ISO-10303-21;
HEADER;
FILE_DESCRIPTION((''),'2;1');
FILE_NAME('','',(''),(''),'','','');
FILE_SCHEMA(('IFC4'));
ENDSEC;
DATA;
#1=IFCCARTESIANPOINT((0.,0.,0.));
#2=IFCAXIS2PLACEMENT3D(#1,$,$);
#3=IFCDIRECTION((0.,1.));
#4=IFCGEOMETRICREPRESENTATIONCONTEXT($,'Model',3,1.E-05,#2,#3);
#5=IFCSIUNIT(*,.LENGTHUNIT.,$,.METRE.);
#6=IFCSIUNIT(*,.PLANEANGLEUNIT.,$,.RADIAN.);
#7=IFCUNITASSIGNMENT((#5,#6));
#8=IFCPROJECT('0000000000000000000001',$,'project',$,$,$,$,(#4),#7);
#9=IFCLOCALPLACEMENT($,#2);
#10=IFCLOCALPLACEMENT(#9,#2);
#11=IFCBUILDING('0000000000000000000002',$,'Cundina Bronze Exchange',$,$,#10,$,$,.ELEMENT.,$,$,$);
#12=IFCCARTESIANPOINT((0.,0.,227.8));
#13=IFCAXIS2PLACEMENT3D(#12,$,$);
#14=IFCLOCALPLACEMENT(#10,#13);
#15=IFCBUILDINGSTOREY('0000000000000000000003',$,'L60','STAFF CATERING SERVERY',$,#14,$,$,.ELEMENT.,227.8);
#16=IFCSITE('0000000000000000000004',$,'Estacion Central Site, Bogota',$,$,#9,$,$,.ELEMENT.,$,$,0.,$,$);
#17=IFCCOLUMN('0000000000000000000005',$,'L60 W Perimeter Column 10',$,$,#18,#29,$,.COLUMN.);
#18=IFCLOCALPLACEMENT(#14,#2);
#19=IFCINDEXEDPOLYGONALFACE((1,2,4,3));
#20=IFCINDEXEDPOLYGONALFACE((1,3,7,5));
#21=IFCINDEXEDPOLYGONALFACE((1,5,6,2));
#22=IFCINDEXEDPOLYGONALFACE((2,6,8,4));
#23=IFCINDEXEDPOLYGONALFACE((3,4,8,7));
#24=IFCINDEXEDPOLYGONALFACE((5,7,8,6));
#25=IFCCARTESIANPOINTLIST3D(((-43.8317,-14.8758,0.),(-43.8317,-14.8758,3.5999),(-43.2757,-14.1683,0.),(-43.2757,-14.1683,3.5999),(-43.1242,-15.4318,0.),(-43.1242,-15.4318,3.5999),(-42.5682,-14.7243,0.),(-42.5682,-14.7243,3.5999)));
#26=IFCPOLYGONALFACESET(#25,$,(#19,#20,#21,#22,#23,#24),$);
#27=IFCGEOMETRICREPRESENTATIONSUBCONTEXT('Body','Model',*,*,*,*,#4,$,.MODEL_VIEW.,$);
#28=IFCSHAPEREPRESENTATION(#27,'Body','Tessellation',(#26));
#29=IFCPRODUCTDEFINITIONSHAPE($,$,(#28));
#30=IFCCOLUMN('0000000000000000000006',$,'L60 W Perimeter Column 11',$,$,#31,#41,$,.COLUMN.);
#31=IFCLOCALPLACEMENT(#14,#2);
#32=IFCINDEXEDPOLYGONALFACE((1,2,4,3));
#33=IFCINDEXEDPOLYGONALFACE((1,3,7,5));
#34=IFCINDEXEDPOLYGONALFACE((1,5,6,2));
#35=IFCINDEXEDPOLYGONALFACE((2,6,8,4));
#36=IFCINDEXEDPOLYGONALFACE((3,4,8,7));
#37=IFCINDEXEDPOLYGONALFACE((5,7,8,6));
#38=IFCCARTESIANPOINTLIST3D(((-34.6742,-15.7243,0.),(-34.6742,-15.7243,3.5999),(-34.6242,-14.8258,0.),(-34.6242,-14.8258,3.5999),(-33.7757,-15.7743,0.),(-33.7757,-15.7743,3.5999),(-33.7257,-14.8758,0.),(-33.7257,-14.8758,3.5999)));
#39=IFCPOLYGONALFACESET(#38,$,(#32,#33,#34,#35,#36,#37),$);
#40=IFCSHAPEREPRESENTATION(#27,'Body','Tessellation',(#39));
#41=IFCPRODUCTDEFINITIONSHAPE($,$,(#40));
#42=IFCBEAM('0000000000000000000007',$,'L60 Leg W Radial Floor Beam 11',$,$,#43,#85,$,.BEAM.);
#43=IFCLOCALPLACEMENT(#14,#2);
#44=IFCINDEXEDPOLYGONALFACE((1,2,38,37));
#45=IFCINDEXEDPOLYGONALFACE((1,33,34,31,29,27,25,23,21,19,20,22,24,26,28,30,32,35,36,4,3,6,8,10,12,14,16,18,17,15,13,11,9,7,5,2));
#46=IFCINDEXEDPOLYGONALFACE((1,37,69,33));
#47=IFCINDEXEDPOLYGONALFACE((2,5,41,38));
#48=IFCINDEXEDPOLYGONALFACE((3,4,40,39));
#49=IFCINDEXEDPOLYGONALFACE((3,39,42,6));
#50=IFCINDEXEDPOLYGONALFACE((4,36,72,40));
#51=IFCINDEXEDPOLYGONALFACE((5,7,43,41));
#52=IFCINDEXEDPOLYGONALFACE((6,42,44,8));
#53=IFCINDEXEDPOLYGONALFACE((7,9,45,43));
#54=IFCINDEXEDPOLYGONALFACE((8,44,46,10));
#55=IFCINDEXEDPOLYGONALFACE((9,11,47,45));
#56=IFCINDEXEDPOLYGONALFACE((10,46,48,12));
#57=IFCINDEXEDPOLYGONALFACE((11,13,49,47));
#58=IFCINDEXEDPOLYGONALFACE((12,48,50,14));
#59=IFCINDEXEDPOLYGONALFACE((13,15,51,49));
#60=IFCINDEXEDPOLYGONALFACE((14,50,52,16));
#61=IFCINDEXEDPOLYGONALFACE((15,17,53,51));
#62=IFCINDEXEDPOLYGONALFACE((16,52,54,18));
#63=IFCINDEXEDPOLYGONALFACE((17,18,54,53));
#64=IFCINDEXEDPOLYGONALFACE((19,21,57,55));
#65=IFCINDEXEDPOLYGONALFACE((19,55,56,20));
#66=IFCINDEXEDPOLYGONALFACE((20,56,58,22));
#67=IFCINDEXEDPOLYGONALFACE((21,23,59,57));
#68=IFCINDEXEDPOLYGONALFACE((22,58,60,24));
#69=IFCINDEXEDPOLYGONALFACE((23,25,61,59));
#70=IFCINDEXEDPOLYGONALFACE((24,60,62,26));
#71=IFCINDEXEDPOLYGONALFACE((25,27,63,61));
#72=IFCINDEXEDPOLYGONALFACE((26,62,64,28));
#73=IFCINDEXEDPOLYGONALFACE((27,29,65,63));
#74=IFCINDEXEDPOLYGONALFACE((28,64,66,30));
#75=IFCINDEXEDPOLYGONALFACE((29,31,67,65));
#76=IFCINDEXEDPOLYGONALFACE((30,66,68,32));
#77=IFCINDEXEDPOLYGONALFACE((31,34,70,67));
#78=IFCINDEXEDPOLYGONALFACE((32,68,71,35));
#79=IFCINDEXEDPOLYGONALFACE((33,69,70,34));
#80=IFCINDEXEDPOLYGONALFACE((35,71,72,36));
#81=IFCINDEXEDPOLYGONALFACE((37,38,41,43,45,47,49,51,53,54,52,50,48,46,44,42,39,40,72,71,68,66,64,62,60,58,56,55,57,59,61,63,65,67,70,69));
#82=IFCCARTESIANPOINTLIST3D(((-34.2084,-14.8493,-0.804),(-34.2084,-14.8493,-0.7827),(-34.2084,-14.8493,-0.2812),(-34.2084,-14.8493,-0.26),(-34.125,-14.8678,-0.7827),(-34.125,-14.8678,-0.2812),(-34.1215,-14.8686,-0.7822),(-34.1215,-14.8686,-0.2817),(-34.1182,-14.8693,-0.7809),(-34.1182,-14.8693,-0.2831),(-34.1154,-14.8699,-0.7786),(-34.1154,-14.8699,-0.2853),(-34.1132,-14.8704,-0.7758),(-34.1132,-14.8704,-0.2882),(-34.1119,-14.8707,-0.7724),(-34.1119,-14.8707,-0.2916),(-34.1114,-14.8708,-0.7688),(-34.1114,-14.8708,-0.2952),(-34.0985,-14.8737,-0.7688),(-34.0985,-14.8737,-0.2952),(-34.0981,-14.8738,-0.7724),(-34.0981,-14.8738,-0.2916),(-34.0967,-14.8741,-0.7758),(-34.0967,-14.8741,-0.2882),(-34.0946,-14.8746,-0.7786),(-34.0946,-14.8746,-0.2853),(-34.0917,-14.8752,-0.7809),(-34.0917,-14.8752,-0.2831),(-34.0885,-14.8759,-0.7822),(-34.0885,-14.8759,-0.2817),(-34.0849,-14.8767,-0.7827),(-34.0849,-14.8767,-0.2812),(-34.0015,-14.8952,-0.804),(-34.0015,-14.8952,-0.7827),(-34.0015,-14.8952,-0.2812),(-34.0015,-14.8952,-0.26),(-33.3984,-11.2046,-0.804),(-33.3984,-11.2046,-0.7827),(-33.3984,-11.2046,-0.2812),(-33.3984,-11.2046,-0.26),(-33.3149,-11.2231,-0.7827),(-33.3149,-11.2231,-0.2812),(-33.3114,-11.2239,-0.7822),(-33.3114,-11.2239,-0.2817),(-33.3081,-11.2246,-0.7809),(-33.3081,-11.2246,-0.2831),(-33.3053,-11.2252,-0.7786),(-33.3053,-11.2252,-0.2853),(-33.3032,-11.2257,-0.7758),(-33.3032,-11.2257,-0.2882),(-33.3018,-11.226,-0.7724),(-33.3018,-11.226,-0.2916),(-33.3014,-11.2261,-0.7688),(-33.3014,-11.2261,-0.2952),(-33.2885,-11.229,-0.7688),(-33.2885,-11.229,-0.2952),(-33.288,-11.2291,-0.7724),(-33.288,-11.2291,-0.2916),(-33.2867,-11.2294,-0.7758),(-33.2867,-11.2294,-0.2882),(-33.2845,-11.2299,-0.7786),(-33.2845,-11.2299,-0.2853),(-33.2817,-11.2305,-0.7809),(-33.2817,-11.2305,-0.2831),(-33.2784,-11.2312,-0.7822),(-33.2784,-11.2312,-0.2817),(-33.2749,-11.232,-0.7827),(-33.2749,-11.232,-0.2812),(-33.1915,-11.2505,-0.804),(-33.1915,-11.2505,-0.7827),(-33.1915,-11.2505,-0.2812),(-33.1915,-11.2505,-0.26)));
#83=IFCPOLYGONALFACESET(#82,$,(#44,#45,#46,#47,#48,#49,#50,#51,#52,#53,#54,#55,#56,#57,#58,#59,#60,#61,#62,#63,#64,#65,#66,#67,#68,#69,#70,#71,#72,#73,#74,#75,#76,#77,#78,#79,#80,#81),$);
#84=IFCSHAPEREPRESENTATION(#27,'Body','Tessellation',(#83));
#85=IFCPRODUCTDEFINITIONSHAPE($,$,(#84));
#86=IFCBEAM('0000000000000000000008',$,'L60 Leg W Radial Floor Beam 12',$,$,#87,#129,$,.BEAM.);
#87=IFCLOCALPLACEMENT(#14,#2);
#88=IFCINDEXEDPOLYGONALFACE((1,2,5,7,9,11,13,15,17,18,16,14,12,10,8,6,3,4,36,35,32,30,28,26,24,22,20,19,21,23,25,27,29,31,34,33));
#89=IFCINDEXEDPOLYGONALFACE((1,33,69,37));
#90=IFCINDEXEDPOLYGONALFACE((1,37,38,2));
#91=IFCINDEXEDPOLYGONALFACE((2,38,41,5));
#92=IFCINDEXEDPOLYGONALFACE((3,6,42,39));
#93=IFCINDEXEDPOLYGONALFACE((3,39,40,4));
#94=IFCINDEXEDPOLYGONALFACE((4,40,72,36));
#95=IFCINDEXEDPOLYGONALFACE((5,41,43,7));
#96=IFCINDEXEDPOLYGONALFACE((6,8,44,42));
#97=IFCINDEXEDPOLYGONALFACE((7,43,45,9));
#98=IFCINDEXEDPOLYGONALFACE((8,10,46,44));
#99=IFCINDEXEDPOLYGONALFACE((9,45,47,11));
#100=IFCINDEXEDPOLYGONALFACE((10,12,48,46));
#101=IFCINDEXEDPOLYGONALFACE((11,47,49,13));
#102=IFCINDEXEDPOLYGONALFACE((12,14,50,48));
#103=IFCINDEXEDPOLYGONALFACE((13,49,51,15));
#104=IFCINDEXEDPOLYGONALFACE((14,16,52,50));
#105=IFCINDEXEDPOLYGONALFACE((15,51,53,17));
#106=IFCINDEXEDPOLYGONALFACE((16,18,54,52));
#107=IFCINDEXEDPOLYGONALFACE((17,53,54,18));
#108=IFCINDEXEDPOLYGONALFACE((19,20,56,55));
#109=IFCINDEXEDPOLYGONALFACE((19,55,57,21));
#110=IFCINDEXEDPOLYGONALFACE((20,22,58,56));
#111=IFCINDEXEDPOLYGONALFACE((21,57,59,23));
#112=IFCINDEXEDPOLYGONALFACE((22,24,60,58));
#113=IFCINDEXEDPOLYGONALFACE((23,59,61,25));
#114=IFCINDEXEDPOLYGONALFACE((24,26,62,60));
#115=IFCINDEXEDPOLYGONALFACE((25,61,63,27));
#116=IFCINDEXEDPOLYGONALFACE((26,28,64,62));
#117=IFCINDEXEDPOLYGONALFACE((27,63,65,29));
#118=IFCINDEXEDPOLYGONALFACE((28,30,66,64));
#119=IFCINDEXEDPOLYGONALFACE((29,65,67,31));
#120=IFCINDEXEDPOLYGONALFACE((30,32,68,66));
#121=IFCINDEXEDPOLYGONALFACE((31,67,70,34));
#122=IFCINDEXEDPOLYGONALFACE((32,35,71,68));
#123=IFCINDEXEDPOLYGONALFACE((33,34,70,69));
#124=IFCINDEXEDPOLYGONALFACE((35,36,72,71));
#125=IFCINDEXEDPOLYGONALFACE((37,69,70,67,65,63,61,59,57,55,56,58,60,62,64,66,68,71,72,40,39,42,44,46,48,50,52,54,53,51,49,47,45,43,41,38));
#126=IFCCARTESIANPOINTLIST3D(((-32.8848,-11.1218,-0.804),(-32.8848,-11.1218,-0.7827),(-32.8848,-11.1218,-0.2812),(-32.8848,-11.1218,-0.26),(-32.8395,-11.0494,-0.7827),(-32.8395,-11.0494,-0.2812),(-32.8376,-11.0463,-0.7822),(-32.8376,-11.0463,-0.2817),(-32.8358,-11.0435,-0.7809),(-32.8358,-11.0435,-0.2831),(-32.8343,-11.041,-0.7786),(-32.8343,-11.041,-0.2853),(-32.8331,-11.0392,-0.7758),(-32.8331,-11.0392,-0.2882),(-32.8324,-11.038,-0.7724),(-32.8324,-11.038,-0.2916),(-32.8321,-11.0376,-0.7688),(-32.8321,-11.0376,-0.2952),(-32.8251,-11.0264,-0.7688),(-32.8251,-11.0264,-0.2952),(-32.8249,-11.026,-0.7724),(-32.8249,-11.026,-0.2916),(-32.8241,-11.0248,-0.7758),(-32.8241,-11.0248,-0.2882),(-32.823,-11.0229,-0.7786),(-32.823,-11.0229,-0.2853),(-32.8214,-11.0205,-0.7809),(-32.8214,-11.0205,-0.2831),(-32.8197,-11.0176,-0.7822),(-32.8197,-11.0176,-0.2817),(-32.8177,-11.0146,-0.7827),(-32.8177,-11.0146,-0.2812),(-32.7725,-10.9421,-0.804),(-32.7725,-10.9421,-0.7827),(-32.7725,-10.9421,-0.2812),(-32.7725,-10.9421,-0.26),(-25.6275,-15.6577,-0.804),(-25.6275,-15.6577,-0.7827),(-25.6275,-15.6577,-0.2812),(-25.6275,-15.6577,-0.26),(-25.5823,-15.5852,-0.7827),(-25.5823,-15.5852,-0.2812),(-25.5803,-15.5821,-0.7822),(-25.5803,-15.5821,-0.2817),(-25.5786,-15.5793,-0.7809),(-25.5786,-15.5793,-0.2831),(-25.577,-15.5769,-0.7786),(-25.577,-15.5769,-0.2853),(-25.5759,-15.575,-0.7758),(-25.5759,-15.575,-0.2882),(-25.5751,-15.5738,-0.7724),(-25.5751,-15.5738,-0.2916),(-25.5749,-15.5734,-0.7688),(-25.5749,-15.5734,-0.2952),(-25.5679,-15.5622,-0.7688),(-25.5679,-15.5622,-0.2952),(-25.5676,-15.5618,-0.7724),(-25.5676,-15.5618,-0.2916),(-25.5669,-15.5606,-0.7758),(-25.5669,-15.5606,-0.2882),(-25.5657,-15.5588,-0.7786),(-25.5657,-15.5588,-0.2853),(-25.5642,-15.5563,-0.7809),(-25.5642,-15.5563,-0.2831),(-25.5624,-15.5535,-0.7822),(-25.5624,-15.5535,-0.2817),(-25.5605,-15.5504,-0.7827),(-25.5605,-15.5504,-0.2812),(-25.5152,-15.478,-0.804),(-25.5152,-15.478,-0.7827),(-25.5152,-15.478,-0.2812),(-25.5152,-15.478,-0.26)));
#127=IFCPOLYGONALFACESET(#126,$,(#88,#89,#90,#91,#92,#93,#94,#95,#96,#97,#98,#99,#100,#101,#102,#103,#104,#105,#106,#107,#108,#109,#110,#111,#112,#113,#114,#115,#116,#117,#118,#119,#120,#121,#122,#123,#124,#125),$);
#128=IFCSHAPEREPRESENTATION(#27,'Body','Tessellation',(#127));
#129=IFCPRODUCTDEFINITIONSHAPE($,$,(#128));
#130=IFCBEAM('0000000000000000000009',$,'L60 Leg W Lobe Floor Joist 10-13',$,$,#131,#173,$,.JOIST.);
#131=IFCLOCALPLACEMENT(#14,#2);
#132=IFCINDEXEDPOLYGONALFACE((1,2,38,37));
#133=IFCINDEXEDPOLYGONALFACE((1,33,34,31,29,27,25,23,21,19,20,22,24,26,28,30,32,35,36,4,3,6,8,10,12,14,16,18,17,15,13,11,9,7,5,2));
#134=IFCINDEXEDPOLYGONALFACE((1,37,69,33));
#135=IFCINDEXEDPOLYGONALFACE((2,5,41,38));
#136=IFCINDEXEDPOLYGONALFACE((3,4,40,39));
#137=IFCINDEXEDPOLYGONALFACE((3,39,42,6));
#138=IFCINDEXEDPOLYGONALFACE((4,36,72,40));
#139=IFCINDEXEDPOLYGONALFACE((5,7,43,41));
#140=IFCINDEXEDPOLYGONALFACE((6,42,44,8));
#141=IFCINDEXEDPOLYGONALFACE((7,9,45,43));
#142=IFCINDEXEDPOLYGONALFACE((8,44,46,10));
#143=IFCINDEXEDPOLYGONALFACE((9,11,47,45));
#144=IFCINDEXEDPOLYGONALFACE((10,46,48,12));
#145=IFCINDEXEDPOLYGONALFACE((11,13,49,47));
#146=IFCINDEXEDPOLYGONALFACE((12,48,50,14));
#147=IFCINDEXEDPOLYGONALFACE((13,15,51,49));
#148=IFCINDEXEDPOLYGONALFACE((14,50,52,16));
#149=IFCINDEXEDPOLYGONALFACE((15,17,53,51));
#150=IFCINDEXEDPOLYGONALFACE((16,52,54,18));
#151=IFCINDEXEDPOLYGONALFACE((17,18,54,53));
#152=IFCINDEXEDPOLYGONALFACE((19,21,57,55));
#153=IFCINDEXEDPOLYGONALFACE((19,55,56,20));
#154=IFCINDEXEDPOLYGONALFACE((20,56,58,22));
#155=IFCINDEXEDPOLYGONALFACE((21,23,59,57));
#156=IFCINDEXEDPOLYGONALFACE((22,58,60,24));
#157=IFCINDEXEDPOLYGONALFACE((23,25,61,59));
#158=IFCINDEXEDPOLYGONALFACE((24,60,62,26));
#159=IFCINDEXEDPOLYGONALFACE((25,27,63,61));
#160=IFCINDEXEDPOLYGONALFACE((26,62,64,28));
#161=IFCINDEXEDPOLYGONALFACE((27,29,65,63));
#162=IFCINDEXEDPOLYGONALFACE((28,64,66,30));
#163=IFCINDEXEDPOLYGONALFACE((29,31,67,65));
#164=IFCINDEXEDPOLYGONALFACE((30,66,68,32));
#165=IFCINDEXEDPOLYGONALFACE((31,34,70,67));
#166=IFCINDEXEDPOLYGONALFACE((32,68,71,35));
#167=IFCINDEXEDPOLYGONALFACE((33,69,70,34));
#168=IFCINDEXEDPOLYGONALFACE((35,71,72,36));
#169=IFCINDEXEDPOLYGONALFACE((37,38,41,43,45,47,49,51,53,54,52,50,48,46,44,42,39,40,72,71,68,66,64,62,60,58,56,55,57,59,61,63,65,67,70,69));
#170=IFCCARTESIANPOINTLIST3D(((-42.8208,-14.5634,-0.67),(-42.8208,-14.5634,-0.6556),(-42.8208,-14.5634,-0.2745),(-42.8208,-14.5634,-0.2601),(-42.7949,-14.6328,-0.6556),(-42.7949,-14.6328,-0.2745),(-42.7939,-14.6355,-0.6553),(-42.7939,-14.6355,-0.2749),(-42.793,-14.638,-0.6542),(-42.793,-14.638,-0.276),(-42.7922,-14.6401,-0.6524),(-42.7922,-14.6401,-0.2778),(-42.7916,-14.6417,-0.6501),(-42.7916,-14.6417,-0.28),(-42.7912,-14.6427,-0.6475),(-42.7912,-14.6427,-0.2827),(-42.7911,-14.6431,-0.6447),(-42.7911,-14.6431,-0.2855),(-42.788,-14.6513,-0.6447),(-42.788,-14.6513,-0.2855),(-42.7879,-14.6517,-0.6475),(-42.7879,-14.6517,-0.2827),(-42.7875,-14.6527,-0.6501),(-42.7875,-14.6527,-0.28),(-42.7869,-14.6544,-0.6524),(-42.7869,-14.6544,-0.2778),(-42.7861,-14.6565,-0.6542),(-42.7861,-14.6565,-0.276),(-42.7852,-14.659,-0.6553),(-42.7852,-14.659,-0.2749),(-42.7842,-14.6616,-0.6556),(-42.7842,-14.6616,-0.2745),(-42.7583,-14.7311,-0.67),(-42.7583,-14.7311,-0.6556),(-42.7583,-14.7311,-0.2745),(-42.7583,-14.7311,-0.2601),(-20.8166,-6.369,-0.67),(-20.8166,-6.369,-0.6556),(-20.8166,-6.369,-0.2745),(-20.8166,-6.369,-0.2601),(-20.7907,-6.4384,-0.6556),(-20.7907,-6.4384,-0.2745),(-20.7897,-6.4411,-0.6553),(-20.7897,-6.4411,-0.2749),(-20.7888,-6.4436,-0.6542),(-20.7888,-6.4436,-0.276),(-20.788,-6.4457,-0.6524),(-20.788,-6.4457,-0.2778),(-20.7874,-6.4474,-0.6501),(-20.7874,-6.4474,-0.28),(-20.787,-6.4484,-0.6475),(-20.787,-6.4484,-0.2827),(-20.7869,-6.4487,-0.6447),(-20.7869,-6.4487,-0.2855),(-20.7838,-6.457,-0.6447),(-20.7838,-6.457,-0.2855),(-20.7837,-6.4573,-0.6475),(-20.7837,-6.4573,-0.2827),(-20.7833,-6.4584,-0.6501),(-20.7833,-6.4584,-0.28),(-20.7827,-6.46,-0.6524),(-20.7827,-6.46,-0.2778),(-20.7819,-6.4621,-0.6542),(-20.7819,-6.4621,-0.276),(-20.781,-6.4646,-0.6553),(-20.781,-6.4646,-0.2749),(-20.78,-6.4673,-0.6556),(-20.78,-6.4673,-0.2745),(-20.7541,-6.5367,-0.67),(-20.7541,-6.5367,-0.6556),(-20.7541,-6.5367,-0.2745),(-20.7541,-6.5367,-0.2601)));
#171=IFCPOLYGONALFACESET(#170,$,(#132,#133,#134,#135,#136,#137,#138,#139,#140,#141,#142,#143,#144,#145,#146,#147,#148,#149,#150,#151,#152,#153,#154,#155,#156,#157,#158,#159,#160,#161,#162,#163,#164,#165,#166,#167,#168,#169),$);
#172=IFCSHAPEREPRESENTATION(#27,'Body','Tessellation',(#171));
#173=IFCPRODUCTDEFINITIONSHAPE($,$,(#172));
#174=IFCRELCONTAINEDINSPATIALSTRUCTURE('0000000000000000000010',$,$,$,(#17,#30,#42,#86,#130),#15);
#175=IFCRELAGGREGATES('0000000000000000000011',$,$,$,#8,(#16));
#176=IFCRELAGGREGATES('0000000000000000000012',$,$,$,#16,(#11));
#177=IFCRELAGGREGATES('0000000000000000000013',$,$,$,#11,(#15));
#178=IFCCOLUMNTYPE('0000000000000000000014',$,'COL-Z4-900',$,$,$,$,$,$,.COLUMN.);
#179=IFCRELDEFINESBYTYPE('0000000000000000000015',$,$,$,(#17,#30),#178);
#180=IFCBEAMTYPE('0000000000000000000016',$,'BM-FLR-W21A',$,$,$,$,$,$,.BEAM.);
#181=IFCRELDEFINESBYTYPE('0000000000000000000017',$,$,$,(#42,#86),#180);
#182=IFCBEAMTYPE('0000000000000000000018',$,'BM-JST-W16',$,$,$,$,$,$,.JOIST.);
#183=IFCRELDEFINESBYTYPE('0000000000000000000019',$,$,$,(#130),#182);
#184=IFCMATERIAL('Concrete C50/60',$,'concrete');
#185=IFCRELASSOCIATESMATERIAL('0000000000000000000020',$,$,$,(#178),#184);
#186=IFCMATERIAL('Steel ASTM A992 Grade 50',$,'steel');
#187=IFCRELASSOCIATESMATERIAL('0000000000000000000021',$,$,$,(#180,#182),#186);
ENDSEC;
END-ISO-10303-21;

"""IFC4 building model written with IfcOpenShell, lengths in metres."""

from ifc_helpers import new_model, si_unit, direction, frame, origin, origin_2d, place, context, subcontext, project, spatial, rectangle, i_section, extrude, material, material_profile, profile_set, type_object, element, save


model = new_model("IFC4")

# Units and contexts
model_context = context("Model", 3, precision=1e-05, world=origin(), true_north=direction((0.0, 1.0)))
body_context = subcontext(model_context, "Body", "Model", "MODEL_VIEW")
ifc_project = project(units=[si_unit("LENGTHUNIT", "METRE"), si_unit("PLANEANGLEUNIT", "RADIAN")], contexts=[model_context])

# Site, building, storey
site_placement = place(None, origin())
site = spatial("IfcSite", under=ifc_project, at=site_placement, Name="Estacion Central Site, Bogota", CompositionType="ELEMENT", RefElevation=0.0)
building_placement = place(site_placement, origin())
building = spatial("IfcBuilding", under=site, at=building_placement, Name="Cundina Bronze Exchange", CompositionType="ELEMENT")
storey_placement = place(building_placement, frame((0.0, 0.0, 227.8)))
storey = spatial("IfcBuildingStorey", under=building, at=storey_placement, Name="L60", Description="STAFF CATERING SERVERY", CompositionType="ELEMENT", Elevation=227.8)

# Columns
ifc_material_1 = material(Name="Concrete C50/60", Category="concrete")
ifc_material_profile_1 = material_profile(ifc_material_1, rectangle(XDim=0.8999, YDim=0.8999, at=origin_2d()), Name="RC900X900", Category="concrete")
ifc_profile_set_1 = profile_set([ifc_material_profile_1], Name="Concrete C50/60")
column_type = type_object("IfcColumnType", Name="COL-Z4-900", PredefinedType="COLUMN", material=ifc_profile_set_1)
for number, where, z_axis, x_axis, name in (
    (1, (-43.2, -14.8, 0.0), (0.0, 0.0, 1.0), (0.786288, -0.61786, 0.0), "L60 W Perimeter Column 10"),
    (2, (-34.2, -15.3, 0.0), (0.0, 0.0, 1.0), (0.99846, -0.055473, 0.0), "L60 W Perimeter Column 11"),
):
    element("IfcColumn", number, at=place(storey_placement, frame(where, z_axis=z_axis, x_axis=x_axis)), inside=storey, type_object=column_type, Name=name, PredefinedType="COLUMN", context=body_context, shape_type="SweptSolid", body=[
        extrude(rectangle(XDim=0.8999, YDim=0.8999, at=origin_2d()), origin(), (0.0, 0.0, 1.0), 3.5999),
    ])

# Beams
ifc_material_2 = material(Name="Steel ASTM A992 Grade 50", Category="steel")
ifc_material_profile_2 = material_profile(ifc_material_2, i_section(OverallWidth=0.2119, OverallDepth=0.5439, WebThickness=0.0132, FlangeThickness=0.0212, FilletRadius=0.0139, at=origin_2d()), Name="W21X83", Category="steel")
ifc_profile_set_2 = profile_set([ifc_material_profile_2], Name="Steel ASTM A992 Grade 50")
beam_type_1 = type_object("IfcBeamType", Name="BM-FLR-W21A", PredefinedType="BEAM", material=ifc_profile_set_2)
beam_1_placement = place(storey_placement, frame((-33.2949, -11.2275, -0.532), z_axis=(-0.216958, -0.976181, 0.0), x_axis=(0.976181, -0.216958, 0.0)))
element("IfcBeam", 3, at=beam_1_placement, inside=storey, type_object=beam_type_1, Name="L60 Leg W Radial Floor Beam 11", PredefinedType="BEAM", context=body_context, shape_type="SweptSolid", body=[
    extrude(i_section(OverallWidth=0.2119, OverallDepth=0.5439, WebThickness=0.0132, FlangeThickness=0.0212, FilletRadius=0.0139, at=origin_2d()), origin(), (0.0, 0.0, 1.0), 3.7336),
])
beam_2_placement = place(storey_placement, frame((-32.8286, -11.032, -0.532), z_axis=(0.847995, -0.530004, 0.0), x_axis=(0.530004, 0.847995, 0.0)))
element("IfcBeam", 4, at=beam_2_placement, inside=storey, type_object=beam_type_1, Name="L60 Leg W Radial Floor Beam 12", PredefinedType="BEAM", context=body_context, shape_type="SweptSolid", body=[
    extrude(i_section(OverallWidth=0.2119, OverallDepth=0.5439, WebThickness=0.0132, FlangeThickness=0.0212, FilletRadius=0.0139, at=origin_2d()), origin(), (0.0, 0.0, 1.0), 8.5581),
])
ifc_material_profile_3 = material_profile(ifc_material_2, i_section(OverallWidth=0.179, OverallDepth=0.4099, WebThickness=0.0088, FlangeThickness=0.0144, FilletRadius=0.011, at=origin_2d()), Name="W16X45", Category="steel")
ifc_profile_set_3 = profile_set([ifc_material_profile_3], Name="Steel ASTM A992 Grade 50")
beam_type_2 = type_object("IfcBeamType", Name="BM-JST-W16", PredefinedType="JOIST", material=ifc_profile_set_3)
beam_3_placement = place(storey_placement, frame((-42.7896, -14.6472, -0.4651), z_axis=(0.937128, 0.348986, 0.0), x_axis=(-0.348986, 0.937128, 0.0)))
element("IfcBeam", 5, at=beam_3_placement, inside=storey, type_object=beam_type_2, Name="L60 Leg W Lobe Floor Joist 10-13", PredefinedType="JOIST", context=body_context, shape_type="SweptSolid", body=[
    extrude(i_section(OverallWidth=0.179, OverallDepth=0.4099, WebThickness=0.0088, FlangeThickness=0.0144, FilletRadius=0.011, at=origin_2d()), origin(), (0.0, 0.0, 1.0), 23.4805),
])

save(model, "model.ifc")
